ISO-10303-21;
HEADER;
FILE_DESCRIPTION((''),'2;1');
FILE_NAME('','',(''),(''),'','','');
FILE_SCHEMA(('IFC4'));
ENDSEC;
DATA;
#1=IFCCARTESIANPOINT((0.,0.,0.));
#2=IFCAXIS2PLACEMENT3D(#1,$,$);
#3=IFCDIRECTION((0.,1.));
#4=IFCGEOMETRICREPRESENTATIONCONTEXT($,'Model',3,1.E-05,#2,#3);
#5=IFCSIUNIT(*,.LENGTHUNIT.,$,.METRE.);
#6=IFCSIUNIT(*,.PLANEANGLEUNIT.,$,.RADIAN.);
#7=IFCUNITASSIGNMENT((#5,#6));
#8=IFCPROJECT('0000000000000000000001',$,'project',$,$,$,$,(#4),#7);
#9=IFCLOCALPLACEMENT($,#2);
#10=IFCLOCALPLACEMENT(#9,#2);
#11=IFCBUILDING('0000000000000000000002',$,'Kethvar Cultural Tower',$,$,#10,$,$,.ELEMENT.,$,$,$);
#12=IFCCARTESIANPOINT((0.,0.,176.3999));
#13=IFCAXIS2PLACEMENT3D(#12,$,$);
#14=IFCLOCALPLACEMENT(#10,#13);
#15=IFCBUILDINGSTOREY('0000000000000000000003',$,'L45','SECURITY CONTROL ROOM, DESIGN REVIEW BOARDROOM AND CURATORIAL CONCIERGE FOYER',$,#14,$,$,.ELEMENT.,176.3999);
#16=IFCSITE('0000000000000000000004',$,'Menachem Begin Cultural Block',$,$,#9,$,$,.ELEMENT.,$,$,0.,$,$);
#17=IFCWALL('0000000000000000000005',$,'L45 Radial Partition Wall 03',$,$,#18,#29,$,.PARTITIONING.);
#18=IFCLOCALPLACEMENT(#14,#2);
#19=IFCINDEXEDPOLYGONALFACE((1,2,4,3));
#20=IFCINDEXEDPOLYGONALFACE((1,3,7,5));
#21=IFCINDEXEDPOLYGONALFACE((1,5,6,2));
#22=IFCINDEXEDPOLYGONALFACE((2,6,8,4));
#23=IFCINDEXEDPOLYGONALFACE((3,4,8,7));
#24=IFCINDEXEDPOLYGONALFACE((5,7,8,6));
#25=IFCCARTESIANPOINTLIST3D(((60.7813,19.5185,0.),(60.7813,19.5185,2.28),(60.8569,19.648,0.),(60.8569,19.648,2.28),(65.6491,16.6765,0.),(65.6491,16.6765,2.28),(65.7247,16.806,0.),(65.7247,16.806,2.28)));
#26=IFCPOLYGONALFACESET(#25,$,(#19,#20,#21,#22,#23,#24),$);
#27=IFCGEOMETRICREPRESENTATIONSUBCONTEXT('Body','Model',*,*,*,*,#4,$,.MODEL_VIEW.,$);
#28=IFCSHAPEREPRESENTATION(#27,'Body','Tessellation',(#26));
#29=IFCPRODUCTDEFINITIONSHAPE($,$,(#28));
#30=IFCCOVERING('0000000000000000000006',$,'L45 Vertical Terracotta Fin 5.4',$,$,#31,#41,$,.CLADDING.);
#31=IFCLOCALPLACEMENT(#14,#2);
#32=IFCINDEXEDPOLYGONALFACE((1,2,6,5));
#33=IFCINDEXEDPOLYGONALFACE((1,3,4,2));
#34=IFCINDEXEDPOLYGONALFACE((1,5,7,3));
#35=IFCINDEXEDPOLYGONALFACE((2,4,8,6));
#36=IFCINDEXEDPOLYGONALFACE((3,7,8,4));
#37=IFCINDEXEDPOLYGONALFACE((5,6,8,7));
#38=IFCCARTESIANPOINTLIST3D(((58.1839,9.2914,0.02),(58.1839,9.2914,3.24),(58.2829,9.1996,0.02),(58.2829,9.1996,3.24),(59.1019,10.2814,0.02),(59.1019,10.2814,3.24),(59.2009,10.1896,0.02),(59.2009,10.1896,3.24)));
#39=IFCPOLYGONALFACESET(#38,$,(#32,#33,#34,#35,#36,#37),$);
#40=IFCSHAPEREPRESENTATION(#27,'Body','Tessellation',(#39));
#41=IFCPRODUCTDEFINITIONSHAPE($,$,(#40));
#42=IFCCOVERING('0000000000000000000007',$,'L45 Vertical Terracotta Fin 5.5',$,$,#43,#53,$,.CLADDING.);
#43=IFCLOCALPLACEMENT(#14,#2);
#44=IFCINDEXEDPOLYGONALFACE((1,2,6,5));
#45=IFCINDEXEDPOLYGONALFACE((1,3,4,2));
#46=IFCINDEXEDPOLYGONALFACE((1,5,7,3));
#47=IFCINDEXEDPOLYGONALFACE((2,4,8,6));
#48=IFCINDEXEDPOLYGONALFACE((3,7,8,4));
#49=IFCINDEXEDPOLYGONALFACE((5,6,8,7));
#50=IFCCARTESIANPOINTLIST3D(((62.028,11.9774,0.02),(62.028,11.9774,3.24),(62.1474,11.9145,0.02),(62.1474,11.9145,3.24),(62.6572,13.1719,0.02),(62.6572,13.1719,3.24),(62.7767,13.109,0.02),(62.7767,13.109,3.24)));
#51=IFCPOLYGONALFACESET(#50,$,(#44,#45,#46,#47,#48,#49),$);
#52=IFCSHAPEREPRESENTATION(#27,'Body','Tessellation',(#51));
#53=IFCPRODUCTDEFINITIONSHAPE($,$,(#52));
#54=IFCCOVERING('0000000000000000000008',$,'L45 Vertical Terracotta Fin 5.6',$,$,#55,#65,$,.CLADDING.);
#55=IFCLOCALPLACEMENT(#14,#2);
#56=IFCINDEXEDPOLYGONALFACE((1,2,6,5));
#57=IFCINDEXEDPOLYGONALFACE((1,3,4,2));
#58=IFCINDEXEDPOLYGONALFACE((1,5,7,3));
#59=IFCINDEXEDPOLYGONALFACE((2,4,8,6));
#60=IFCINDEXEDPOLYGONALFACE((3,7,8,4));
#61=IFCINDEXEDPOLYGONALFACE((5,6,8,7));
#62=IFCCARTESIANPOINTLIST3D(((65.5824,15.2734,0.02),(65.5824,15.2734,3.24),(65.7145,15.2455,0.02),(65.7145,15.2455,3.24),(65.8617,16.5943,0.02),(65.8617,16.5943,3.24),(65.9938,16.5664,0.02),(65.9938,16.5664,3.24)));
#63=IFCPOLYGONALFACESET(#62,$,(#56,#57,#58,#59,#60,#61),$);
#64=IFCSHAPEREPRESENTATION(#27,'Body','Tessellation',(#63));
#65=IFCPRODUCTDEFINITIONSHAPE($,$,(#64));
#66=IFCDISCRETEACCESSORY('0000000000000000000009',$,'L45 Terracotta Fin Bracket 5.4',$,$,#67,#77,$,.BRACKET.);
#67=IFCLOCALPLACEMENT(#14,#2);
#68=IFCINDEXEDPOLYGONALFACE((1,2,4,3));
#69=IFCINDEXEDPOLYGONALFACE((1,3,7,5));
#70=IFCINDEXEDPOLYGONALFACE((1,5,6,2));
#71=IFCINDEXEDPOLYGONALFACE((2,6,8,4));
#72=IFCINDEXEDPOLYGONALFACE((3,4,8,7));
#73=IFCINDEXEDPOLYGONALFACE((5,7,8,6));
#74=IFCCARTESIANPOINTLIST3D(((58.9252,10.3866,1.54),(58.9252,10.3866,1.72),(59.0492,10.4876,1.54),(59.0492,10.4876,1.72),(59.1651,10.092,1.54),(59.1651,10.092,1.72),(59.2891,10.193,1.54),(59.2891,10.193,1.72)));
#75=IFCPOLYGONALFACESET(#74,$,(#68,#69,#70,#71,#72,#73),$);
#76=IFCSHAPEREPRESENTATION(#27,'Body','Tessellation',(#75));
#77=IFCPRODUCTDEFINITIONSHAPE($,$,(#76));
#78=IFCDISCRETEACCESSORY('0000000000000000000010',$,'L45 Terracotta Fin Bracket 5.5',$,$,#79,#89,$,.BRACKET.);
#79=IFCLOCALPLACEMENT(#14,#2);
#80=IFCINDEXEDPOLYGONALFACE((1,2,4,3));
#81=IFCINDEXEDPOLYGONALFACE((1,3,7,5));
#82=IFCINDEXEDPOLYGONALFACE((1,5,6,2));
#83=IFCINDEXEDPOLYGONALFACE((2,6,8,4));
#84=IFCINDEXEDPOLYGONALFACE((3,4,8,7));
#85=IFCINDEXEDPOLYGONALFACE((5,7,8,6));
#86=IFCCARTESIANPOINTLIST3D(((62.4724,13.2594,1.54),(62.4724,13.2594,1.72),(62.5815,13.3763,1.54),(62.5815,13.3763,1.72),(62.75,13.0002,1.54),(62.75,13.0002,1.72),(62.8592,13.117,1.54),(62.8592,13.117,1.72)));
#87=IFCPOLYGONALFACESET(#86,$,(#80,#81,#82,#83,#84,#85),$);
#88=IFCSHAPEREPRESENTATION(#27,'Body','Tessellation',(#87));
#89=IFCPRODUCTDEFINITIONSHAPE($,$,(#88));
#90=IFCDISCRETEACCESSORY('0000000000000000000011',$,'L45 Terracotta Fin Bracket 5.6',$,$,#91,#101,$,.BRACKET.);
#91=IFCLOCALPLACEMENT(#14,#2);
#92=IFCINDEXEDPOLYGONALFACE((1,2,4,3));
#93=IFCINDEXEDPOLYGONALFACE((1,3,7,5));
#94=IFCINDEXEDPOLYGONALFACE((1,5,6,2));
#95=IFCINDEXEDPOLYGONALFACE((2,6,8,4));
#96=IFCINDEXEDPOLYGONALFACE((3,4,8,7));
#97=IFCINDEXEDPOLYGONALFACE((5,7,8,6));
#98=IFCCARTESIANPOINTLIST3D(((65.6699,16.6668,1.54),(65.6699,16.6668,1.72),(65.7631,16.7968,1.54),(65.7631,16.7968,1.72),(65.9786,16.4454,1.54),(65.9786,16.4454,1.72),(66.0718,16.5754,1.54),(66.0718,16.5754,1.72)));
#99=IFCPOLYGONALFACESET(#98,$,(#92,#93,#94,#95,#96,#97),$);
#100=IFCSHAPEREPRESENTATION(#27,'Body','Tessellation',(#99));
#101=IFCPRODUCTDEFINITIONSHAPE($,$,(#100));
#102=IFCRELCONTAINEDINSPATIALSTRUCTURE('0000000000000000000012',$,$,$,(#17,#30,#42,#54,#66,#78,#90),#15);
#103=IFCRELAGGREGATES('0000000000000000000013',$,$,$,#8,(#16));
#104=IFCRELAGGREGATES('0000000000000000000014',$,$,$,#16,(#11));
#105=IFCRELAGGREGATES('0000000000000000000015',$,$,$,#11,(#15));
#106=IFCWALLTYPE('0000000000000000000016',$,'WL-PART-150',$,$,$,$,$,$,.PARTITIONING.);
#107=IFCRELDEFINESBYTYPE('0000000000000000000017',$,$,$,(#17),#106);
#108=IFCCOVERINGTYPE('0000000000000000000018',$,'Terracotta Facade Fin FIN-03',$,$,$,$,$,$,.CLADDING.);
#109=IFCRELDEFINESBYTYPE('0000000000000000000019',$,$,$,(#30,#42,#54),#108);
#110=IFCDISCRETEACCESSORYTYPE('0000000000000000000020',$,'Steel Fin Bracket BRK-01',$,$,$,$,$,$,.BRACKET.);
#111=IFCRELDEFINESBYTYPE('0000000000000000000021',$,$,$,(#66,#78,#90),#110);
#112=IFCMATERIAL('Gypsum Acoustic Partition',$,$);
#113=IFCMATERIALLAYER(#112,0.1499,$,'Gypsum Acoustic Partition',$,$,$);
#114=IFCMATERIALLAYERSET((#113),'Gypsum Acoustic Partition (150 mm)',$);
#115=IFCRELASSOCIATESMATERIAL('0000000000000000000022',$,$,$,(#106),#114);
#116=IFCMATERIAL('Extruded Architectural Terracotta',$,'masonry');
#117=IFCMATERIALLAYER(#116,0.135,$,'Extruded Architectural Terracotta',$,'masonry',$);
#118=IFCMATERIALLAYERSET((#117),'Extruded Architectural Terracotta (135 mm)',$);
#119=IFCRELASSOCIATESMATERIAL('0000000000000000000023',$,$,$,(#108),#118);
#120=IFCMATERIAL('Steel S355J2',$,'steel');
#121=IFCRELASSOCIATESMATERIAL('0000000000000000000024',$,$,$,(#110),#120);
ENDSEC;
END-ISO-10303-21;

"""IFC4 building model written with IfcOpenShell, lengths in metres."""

from ifc_helpers import new_model, si_unit, direction, frame, frame_2d, origin, origin_2d, place, context, subcontext, project, spatial, rectangle, extrude, source, transform, mapped, material, layer, layer_set, type_object, element, save


model = new_model("IFC4")

# Units and contexts
model_context = context("Model", 3, precision=1e-05, world=origin(), true_north=direction((0.0, 1.0)))
body_context = subcontext(model_context, "Body", "Model", "MODEL_VIEW")
ifc_project = project(units=[si_unit("LENGTHUNIT", "METRE"), si_unit("PLANEANGLEUNIT", "RADIAN")], contexts=[model_context])

# Site, building, storey
site_placement = place(None, origin())
site = spatial("IfcSite", under=ifc_project, at=site_placement, Name="Menachem Begin Cultural Block", CompositionType="ELEMENT", RefElevation=0.0)
building_placement = place(site_placement, origin())
building = spatial("IfcBuilding", under=site, at=building_placement, Name="Kethvar Cultural Tower", CompositionType="ELEMENT")
storey_placement = place(building_placement, frame((0.0, 0.0, 176.3999)))
storey = spatial("IfcBuildingStorey", under=building, at=storey_placement, Name="L45", Description="SECURITY CONTROL ROOM, DESIGN REVIEW BOARDROOM AND CURATORIAL CONCIERGE FOYER", CompositionType="ELEMENT", Elevation=176.3999)

# Shared definitions
ifc_material_1 = material(Name="Steel S355J2", Category="steel")

# Wall
ifc_material_2 = material(Name="Gypsum Acoustic Partition")
ifc_layer_1 = layer(ifc_material_2, 0.1499, Name="Gypsum Acoustic Partition")
ifc_layer_set_1 = layer_set([ifc_layer_1], Name="Gypsum Acoustic Partition (150 mm)")
wall_type_1 = type_object("IfcWallType", Name="WL-PART-150", PredefinedType="PARTITIONING", material=ifc_layer_set_1)
wall_1_placement = place(storey_placement, frame((60.8191, 19.5833, 0.0), z_axis=(0.0, 0.0, 1.0), x_axis=(0.863592, -0.504191, 0.0)))
element("IfcWall", 1, at=wall_1_placement, inside=storey, type_object=wall_type_1, Name="L45 Radial Partition Wall 03", PredefinedType="PARTITIONING", context=body_context, shape_type="SweptSolid", body=[
    extrude(rectangle(XDim=5.6367, YDim=0.1499, at=frame_2d((2.8184, 0.0))), origin(), (0.0, 0.0, 1.0), 2.28),
])

# Coverings
ifc_material_3 = material(Name="Extruded Architectural Terracotta", Category="masonry")
ifc_layer_2 = layer(ifc_material_3, 0.135, Name="Extruded Architectural Terracotta", Category="masonry")
ifc_layer_set_2 = layer_set([ifc_layer_2], Name="Extruded Architectural Terracotta (135 mm)")
covering_type = type_object("IfcCoveringType", Name="Terracotta Facade Fin FIN-03", PredefinedType="CLADDING", material=ifc_layer_set_2)
shared_shape_1 = source(origin(), body_context, "Body", "SweptSolid", [
    extrude(rectangle(XDim=1.3501, YDim=0.135, at=origin_2d()), origin(), (0.0, 0.0, 1.0), 3.22),
])
for number, where, z_axis, x_axis, name in (
    (2, (58.6924, 9.7405, 0.02), (0.0, 0.0, 1.0), (-0.679953, -0.733255, 0.0), "L45 Vertical Terracotta Fin 5.4"),
    (3, (62.4023, 12.5432, 0.02), (0.0, 0.0, 1.0), (-0.466078, -0.884744, 0.0), "L45 Vertical Terracotta Fin 5.5"),
    (4, (65.7881, 15.9199, 0.02), (0.0, 0.0, 1.0), (-0.206887, -0.978365, 0.0), "L45 Vertical Terracotta Fin 5.6"),
):
    element("IfcCovering", number, at=place(storey_placement, frame(where, z_axis=z_axis, x_axis=x_axis)), inside=storey, type_object=covering_type, Name=name, PredefinedType="CLADDING", context=body_context, shape_type="MappedRepresentation", body=[
        mapped(shared_shape_1, transform((0.0, 0.0, 0.0), scale=1.0)),
    ])

# Discrete accessories
discrete_accessory_type = type_object("IfcDiscreteAccessoryType", Name="Steel Fin Bracket BRK-01", PredefinedType="BRACKET", material=ifc_material_1)
shared_shape_2 = source(origin(), body_context, "Body", "SweptSolid", [
    extrude(rectangle(XDim=0.3799, YDim=0.1599, at=origin_2d()), origin(), (0.0, 0.0, 1.0), 0.1799),
])
for number, where, z_axis, x_axis, name in (
    (5, (59.1072, 10.2898, 1.54), (0.0, 0.0, 1.0), (0.631488, -0.775386, 0.0), "L45 Terracotta Fin Bracket 5.4"),
    (6, (62.6658, 13.1882, 1.54), (0.0, 0.0, 1.0), (0.730877, -0.682509, 0.0), "L45 Terracotta Fin Bracket 5.5"),
    (7, (65.8708, 16.6211, 1.54), (0.0, 0.0, 1.0), (0.812592, -0.582832, 0.0), "L45 Terracotta Fin Bracket 5.6"),
):
    element("IfcDiscreteAccessory", number, at=place(storey_placement, frame(where, z_axis=z_axis, x_axis=x_axis)), inside=storey, type_object=discrete_accessory_type, Name=name, PredefinedType="BRACKET", context=body_context, shape_type="MappedRepresentation", body=[
        mapped(shared_shape_2, transform((0.0, 0.0, 0.0), scale=1.0)),
    ])

save(model, "model.ifc")
